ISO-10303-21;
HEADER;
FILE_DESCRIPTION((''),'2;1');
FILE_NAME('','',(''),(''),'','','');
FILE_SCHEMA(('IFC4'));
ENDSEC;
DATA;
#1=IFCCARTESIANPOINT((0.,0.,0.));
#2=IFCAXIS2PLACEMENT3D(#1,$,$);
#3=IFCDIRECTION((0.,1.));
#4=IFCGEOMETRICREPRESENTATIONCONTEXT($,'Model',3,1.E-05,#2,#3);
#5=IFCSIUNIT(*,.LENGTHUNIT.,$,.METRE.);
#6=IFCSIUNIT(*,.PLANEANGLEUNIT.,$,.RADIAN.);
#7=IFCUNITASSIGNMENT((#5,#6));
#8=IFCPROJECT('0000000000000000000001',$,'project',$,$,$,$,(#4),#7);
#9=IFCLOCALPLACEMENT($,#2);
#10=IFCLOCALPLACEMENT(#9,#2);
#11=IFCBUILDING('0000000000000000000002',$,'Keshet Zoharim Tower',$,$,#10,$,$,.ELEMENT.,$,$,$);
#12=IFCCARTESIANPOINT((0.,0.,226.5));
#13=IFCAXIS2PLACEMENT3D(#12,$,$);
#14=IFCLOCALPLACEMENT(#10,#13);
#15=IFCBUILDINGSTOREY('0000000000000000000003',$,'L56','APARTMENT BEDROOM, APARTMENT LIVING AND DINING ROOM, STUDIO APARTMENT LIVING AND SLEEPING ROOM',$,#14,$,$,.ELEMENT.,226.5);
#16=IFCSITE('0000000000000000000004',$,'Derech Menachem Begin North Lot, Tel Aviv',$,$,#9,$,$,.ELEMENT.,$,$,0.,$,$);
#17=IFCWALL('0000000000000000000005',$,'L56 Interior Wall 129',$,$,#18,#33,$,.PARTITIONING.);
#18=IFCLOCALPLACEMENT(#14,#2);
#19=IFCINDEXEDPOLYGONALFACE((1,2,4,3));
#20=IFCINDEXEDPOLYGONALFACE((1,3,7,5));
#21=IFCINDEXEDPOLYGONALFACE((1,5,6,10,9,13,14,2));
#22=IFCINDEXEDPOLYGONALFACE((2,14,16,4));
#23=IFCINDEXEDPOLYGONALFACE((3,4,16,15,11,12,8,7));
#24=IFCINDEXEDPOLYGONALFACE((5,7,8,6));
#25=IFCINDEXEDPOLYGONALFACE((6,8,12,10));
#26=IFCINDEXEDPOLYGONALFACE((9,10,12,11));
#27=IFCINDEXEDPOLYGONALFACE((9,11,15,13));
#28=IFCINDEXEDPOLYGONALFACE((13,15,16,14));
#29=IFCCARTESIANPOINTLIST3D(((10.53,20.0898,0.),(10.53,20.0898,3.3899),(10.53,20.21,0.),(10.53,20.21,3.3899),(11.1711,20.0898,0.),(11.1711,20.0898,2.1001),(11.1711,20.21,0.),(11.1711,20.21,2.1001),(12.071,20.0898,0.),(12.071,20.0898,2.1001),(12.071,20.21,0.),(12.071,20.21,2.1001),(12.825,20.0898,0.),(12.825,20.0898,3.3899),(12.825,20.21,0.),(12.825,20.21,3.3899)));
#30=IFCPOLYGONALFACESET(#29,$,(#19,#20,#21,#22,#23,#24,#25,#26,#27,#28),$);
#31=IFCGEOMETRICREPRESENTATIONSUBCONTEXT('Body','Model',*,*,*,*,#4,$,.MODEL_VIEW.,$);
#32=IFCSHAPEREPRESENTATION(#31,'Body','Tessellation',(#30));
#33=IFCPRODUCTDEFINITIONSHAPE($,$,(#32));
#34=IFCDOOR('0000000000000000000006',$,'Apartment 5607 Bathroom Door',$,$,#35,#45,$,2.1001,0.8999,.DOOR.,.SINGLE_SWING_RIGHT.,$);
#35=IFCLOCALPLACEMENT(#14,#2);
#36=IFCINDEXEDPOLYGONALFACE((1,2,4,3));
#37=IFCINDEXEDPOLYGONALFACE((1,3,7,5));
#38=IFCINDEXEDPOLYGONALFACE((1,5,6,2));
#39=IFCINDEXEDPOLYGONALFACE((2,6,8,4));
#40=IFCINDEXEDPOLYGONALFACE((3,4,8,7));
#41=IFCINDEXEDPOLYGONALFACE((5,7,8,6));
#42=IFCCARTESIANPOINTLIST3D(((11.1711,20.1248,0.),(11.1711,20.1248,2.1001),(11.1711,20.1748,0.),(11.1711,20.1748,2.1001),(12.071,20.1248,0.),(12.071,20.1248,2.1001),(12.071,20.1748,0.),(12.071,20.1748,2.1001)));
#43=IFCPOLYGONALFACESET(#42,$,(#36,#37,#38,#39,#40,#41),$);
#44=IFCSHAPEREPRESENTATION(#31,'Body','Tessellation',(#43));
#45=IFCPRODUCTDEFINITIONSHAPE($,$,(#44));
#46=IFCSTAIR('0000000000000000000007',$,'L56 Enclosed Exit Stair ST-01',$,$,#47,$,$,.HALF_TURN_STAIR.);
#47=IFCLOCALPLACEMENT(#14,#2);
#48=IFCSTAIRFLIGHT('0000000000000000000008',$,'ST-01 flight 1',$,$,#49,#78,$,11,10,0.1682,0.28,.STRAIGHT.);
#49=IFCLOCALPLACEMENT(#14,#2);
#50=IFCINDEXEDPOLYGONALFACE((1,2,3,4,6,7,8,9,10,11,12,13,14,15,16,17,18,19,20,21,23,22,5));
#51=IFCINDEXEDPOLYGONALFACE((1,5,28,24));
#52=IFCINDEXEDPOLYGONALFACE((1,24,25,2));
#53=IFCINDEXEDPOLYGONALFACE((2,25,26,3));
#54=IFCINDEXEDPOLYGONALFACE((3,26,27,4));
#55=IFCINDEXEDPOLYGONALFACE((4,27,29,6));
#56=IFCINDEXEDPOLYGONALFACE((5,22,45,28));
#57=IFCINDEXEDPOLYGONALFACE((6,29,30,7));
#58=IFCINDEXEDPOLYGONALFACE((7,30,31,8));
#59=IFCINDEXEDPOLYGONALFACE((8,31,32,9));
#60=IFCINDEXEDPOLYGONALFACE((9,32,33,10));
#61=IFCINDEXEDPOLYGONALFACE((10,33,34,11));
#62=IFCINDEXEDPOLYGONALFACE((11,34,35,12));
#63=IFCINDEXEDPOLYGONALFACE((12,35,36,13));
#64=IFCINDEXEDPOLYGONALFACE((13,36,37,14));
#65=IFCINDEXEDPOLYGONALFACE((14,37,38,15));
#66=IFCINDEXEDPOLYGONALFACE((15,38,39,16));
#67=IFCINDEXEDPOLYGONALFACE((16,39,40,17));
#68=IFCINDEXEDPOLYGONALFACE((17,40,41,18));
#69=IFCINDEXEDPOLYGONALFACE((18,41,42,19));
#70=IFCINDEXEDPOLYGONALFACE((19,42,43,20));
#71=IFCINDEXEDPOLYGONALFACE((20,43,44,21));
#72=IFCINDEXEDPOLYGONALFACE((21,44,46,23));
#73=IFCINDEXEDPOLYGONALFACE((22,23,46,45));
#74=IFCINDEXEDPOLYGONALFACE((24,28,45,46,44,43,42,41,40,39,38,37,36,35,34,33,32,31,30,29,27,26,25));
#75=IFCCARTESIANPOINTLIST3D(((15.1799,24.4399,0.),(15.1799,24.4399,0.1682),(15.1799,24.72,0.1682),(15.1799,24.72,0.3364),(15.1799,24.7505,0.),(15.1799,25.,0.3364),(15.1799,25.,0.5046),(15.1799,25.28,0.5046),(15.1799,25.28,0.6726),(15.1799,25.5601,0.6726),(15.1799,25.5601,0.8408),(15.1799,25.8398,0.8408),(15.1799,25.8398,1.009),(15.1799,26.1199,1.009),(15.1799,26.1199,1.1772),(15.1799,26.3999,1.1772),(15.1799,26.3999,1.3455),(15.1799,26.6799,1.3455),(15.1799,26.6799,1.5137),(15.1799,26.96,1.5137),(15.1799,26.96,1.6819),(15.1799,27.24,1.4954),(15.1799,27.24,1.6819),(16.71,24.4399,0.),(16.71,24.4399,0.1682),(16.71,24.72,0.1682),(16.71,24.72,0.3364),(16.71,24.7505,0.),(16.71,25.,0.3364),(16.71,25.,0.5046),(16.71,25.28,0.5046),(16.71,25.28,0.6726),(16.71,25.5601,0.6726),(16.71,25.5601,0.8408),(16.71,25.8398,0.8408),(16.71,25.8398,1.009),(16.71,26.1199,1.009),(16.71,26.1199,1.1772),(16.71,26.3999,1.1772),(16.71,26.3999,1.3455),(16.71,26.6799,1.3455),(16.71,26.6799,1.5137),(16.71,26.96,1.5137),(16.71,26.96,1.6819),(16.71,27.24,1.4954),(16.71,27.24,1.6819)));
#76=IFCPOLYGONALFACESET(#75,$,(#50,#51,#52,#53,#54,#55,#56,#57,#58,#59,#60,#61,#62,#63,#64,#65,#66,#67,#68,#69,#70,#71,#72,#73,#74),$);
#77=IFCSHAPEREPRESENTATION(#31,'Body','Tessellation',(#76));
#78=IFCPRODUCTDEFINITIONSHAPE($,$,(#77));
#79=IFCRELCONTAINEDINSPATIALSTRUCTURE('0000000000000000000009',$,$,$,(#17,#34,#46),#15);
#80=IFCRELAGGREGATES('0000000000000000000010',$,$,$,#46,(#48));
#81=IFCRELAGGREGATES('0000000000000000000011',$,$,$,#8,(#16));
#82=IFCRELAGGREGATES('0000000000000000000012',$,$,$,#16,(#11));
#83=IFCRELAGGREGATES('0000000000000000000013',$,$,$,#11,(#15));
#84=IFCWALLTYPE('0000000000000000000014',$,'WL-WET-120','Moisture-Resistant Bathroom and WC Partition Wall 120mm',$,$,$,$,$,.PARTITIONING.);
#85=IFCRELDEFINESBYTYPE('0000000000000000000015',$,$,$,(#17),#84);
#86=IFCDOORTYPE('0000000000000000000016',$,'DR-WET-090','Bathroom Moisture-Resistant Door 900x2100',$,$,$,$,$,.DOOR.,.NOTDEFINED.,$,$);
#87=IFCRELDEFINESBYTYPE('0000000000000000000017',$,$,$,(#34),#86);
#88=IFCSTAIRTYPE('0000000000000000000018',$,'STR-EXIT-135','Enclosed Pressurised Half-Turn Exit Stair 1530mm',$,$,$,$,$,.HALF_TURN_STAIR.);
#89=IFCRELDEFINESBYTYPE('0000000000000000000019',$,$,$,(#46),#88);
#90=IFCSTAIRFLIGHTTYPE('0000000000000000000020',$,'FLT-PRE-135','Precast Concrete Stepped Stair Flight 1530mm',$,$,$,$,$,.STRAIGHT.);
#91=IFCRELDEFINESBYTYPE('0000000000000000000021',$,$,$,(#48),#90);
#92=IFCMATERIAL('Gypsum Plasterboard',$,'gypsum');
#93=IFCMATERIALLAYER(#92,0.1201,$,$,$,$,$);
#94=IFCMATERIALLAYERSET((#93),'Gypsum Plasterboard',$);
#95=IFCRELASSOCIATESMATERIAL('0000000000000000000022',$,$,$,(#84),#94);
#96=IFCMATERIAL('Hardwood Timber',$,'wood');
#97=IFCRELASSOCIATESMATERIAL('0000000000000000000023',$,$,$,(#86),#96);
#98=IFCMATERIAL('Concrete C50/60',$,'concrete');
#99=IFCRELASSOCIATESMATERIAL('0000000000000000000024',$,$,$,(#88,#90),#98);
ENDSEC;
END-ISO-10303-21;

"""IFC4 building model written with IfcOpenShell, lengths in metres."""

from ifc_helpers import new_model, si_unit, direction, frame, frame_2d, origin, place, context, subcontext, project, spatial, polyline, rectangle, outline, extrude, material, layer, layer_set, type_object, element, fill, aggregate, save


model = new_model("IFC4")

# Units and contexts
model_context = context("Model", 3, precision=1e-05, world=origin(), true_north=direction((0.0, 1.0)))
body_context = subcontext(model_context, "Body", "Model", "MODEL_VIEW")
ifc_project = project(units=[si_unit("LENGTHUNIT", "METRE"), si_unit("PLANEANGLEUNIT", "RADIAN")], contexts=[model_context])

# Site, building, storey
site_placement = place(None, origin())
site = spatial("IfcSite", under=ifc_project, at=site_placement, Name="Derech Menachem Begin North Lot, Tel Aviv", CompositionType="ELEMENT", RefElevation=0.0)
building_placement = place(site_placement, origin())
building = spatial("IfcBuilding", under=site, at=building_placement, Name="Keshet Zoharim Tower", CompositionType="ELEMENT")
storey_placement = place(building_placement, frame((0.0, 0.0, 226.5)))
storey = spatial("IfcBuildingStorey", under=building, at=storey_placement, Name="L56", Description="APARTMENT BEDROOM, APARTMENT LIVING AND DINING ROOM, STUDIO APARTMENT LIVING AND SLEEPING ROOM", CompositionType="ELEMENT", Elevation=226.5)

# Shared definitions
ifc_material_1 = material(Name="Concrete C50/60", Category="concrete")

# Shared definitions
ifc_material_2 = material(Name="Gypsum Plasterboard", Category="gypsum")

# Shared definitions
ifc_material_3 = material(Name="Hardwood Timber", Category="wood")

# Shared definitions
ifc_layer_1 = layer(ifc_material_2, 0.1201)
ifc_layer_set_1 = layer_set([ifc_layer_1], Name="Gypsum Plasterboard")
wall_type_1 = type_object("IfcWallType", Name="WL-WET-120", Description="Moisture-Resistant Bathroom and WC Partition Wall 120mm", PredefinedType="PARTITIONING", material=ifc_layer_set_1)

# Wall, opening, door
wall_1_placement = place(storey_placement, frame((10.53, 20.1499, 0.0), z_axis=(0.0, 0.0, 1.0), x_axis=(1.0, 0.0, 0.0)))
wall_1 = element("IfcWall", 1, at=wall_1_placement, inside=storey, type_object=wall_type_1, Name="L56 Interior Wall 129", PredefinedType="PARTITIONING", context=body_context, shape_type="SweptSolid", body=[
    extrude(rectangle(XDim=2.2949, YDim=0.1201, at=frame_2d((1.1475, 0.0))), origin(), (0.0, 0.0, 1.0), 3.3899),
])
opening_1_placement = place(wall_1_placement, frame((0.6411, 0.0, 0.0)))
opening_1 = element("IfcOpeningElement", 2, at=opening_1_placement, cuts=wall_1, PredefinedType="OPENING", context=body_context, shape_type="SweptSolid", body=[
    extrude(rectangle(XDim=0.8999, YDim=2.1001, at=frame_2d((0.45, 1.05))), frame((0.0, 0.0701, 0.0), z_axis=(0.0, -1.0, 0.0), x_axis=(1.0, 0.0, 0.0)), (0.0, 0.0, 1.0), 0.1401),
])
door_type_1 = type_object("IfcDoorType", Name="DR-WET-090", Description="Bathroom Moisture-Resistant Door 900x2100", OperationType="NOTDEFINED", PredefinedType="DOOR", material=ifc_material_3)
door_1_placement = place(opening_1_placement, origin())
door_1 = element("IfcDoor", 3, at=door_1_placement, inside=storey, type_object=door_type_1, Name="Apartment 5607 Bathroom Door", OperationType="SINGLE_SWING_RIGHT", OverallHeight=2.1001, OverallWidth=0.8999, PredefinedType="DOOR", context=body_context, shape_type="SweptSolid", body=[
    extrude(rectangle(XDim=0.8999, YDim=2.1001, at=frame_2d((0.45, 1.05))), frame((0.0, 0.0249, 0.0), z_axis=(0.0, -1.0, 0.0), x_axis=(1.0, 0.0, 0.0)), (0.0, 0.0, 1.0), 0.05),
])
fill(opening_1, door_1)

# Stair, stair flight
stair_type = type_object("IfcStairType", Name="STR-EXIT-135", Description="Enclosed Pressurised Half-Turn Exit Stair 1530mm", PredefinedType="HALF_TURN_STAIR", material=ifc_material_1)
stair_placement = place(storey_placement, origin())
stair = element("IfcStair", 4, at=stair_placement, inside=storey, type_object=stair_type, Name="L56 Enclosed Exit Stair ST-01", PredefinedType="HALF_TURN_STAIR")
stair_flight_type = type_object("IfcStairFlightType", Name="FLT-PRE-135", Description="Precast Concrete Stepped Stair Flight 1530mm", PredefinedType="STRAIGHT", material=ifc_material_1)
stair_flight_placement = place(storey_placement, frame((15.9451, 24.4399, 0.0), z_axis=(0.0, 0.0, 1.0), x_axis=(0.0, 1.0, 0.0)))
stair_flight = element("IfcStairFlight", 5, at=stair_flight_placement, type_object=stair_flight_type, Name="ST-01 flight 1", NumberOfRisers=11, NumberOfTreads=10, PredefinedType="STRAIGHT", RiserHeight=0.1682, TreadLength=0.28, context=body_context, shape_type="SweptSolid", body=[
    extrude(outline(polyline([(0.0, 0.0), (0.0, 0.1682), (0.28, 0.1682), (0.28, 0.3364), (0.5601, 0.3364), (0.5601, 0.5046), (0.8401, 0.5046), (0.8401, 0.6726), (1.1201, 0.6726), (1.1201, 0.8408), (1.3999, 0.8408), (1.3999, 1.009), (1.6799, 1.009), (1.6799, 1.1772), (1.96, 1.1772), (1.96, 1.3455), (2.24, 1.3455), (2.24, 1.5137), (2.52, 1.5137), (2.52, 1.6819), (2.8, 1.6819), (2.8, 1.8501), (2.8, 1.4954), (0.3105, 0.0), (0.0, 0.0)])), frame((0.0, 0.7651, 0.0), z_axis=(0.0, -1.0, 0.0), x_axis=(1.0, 0.0, 0.0)), (0.0, 0.0, 1.0), 1.53),
])
aggregate(stair, [stair_flight])

save(model, "model.ifc")
